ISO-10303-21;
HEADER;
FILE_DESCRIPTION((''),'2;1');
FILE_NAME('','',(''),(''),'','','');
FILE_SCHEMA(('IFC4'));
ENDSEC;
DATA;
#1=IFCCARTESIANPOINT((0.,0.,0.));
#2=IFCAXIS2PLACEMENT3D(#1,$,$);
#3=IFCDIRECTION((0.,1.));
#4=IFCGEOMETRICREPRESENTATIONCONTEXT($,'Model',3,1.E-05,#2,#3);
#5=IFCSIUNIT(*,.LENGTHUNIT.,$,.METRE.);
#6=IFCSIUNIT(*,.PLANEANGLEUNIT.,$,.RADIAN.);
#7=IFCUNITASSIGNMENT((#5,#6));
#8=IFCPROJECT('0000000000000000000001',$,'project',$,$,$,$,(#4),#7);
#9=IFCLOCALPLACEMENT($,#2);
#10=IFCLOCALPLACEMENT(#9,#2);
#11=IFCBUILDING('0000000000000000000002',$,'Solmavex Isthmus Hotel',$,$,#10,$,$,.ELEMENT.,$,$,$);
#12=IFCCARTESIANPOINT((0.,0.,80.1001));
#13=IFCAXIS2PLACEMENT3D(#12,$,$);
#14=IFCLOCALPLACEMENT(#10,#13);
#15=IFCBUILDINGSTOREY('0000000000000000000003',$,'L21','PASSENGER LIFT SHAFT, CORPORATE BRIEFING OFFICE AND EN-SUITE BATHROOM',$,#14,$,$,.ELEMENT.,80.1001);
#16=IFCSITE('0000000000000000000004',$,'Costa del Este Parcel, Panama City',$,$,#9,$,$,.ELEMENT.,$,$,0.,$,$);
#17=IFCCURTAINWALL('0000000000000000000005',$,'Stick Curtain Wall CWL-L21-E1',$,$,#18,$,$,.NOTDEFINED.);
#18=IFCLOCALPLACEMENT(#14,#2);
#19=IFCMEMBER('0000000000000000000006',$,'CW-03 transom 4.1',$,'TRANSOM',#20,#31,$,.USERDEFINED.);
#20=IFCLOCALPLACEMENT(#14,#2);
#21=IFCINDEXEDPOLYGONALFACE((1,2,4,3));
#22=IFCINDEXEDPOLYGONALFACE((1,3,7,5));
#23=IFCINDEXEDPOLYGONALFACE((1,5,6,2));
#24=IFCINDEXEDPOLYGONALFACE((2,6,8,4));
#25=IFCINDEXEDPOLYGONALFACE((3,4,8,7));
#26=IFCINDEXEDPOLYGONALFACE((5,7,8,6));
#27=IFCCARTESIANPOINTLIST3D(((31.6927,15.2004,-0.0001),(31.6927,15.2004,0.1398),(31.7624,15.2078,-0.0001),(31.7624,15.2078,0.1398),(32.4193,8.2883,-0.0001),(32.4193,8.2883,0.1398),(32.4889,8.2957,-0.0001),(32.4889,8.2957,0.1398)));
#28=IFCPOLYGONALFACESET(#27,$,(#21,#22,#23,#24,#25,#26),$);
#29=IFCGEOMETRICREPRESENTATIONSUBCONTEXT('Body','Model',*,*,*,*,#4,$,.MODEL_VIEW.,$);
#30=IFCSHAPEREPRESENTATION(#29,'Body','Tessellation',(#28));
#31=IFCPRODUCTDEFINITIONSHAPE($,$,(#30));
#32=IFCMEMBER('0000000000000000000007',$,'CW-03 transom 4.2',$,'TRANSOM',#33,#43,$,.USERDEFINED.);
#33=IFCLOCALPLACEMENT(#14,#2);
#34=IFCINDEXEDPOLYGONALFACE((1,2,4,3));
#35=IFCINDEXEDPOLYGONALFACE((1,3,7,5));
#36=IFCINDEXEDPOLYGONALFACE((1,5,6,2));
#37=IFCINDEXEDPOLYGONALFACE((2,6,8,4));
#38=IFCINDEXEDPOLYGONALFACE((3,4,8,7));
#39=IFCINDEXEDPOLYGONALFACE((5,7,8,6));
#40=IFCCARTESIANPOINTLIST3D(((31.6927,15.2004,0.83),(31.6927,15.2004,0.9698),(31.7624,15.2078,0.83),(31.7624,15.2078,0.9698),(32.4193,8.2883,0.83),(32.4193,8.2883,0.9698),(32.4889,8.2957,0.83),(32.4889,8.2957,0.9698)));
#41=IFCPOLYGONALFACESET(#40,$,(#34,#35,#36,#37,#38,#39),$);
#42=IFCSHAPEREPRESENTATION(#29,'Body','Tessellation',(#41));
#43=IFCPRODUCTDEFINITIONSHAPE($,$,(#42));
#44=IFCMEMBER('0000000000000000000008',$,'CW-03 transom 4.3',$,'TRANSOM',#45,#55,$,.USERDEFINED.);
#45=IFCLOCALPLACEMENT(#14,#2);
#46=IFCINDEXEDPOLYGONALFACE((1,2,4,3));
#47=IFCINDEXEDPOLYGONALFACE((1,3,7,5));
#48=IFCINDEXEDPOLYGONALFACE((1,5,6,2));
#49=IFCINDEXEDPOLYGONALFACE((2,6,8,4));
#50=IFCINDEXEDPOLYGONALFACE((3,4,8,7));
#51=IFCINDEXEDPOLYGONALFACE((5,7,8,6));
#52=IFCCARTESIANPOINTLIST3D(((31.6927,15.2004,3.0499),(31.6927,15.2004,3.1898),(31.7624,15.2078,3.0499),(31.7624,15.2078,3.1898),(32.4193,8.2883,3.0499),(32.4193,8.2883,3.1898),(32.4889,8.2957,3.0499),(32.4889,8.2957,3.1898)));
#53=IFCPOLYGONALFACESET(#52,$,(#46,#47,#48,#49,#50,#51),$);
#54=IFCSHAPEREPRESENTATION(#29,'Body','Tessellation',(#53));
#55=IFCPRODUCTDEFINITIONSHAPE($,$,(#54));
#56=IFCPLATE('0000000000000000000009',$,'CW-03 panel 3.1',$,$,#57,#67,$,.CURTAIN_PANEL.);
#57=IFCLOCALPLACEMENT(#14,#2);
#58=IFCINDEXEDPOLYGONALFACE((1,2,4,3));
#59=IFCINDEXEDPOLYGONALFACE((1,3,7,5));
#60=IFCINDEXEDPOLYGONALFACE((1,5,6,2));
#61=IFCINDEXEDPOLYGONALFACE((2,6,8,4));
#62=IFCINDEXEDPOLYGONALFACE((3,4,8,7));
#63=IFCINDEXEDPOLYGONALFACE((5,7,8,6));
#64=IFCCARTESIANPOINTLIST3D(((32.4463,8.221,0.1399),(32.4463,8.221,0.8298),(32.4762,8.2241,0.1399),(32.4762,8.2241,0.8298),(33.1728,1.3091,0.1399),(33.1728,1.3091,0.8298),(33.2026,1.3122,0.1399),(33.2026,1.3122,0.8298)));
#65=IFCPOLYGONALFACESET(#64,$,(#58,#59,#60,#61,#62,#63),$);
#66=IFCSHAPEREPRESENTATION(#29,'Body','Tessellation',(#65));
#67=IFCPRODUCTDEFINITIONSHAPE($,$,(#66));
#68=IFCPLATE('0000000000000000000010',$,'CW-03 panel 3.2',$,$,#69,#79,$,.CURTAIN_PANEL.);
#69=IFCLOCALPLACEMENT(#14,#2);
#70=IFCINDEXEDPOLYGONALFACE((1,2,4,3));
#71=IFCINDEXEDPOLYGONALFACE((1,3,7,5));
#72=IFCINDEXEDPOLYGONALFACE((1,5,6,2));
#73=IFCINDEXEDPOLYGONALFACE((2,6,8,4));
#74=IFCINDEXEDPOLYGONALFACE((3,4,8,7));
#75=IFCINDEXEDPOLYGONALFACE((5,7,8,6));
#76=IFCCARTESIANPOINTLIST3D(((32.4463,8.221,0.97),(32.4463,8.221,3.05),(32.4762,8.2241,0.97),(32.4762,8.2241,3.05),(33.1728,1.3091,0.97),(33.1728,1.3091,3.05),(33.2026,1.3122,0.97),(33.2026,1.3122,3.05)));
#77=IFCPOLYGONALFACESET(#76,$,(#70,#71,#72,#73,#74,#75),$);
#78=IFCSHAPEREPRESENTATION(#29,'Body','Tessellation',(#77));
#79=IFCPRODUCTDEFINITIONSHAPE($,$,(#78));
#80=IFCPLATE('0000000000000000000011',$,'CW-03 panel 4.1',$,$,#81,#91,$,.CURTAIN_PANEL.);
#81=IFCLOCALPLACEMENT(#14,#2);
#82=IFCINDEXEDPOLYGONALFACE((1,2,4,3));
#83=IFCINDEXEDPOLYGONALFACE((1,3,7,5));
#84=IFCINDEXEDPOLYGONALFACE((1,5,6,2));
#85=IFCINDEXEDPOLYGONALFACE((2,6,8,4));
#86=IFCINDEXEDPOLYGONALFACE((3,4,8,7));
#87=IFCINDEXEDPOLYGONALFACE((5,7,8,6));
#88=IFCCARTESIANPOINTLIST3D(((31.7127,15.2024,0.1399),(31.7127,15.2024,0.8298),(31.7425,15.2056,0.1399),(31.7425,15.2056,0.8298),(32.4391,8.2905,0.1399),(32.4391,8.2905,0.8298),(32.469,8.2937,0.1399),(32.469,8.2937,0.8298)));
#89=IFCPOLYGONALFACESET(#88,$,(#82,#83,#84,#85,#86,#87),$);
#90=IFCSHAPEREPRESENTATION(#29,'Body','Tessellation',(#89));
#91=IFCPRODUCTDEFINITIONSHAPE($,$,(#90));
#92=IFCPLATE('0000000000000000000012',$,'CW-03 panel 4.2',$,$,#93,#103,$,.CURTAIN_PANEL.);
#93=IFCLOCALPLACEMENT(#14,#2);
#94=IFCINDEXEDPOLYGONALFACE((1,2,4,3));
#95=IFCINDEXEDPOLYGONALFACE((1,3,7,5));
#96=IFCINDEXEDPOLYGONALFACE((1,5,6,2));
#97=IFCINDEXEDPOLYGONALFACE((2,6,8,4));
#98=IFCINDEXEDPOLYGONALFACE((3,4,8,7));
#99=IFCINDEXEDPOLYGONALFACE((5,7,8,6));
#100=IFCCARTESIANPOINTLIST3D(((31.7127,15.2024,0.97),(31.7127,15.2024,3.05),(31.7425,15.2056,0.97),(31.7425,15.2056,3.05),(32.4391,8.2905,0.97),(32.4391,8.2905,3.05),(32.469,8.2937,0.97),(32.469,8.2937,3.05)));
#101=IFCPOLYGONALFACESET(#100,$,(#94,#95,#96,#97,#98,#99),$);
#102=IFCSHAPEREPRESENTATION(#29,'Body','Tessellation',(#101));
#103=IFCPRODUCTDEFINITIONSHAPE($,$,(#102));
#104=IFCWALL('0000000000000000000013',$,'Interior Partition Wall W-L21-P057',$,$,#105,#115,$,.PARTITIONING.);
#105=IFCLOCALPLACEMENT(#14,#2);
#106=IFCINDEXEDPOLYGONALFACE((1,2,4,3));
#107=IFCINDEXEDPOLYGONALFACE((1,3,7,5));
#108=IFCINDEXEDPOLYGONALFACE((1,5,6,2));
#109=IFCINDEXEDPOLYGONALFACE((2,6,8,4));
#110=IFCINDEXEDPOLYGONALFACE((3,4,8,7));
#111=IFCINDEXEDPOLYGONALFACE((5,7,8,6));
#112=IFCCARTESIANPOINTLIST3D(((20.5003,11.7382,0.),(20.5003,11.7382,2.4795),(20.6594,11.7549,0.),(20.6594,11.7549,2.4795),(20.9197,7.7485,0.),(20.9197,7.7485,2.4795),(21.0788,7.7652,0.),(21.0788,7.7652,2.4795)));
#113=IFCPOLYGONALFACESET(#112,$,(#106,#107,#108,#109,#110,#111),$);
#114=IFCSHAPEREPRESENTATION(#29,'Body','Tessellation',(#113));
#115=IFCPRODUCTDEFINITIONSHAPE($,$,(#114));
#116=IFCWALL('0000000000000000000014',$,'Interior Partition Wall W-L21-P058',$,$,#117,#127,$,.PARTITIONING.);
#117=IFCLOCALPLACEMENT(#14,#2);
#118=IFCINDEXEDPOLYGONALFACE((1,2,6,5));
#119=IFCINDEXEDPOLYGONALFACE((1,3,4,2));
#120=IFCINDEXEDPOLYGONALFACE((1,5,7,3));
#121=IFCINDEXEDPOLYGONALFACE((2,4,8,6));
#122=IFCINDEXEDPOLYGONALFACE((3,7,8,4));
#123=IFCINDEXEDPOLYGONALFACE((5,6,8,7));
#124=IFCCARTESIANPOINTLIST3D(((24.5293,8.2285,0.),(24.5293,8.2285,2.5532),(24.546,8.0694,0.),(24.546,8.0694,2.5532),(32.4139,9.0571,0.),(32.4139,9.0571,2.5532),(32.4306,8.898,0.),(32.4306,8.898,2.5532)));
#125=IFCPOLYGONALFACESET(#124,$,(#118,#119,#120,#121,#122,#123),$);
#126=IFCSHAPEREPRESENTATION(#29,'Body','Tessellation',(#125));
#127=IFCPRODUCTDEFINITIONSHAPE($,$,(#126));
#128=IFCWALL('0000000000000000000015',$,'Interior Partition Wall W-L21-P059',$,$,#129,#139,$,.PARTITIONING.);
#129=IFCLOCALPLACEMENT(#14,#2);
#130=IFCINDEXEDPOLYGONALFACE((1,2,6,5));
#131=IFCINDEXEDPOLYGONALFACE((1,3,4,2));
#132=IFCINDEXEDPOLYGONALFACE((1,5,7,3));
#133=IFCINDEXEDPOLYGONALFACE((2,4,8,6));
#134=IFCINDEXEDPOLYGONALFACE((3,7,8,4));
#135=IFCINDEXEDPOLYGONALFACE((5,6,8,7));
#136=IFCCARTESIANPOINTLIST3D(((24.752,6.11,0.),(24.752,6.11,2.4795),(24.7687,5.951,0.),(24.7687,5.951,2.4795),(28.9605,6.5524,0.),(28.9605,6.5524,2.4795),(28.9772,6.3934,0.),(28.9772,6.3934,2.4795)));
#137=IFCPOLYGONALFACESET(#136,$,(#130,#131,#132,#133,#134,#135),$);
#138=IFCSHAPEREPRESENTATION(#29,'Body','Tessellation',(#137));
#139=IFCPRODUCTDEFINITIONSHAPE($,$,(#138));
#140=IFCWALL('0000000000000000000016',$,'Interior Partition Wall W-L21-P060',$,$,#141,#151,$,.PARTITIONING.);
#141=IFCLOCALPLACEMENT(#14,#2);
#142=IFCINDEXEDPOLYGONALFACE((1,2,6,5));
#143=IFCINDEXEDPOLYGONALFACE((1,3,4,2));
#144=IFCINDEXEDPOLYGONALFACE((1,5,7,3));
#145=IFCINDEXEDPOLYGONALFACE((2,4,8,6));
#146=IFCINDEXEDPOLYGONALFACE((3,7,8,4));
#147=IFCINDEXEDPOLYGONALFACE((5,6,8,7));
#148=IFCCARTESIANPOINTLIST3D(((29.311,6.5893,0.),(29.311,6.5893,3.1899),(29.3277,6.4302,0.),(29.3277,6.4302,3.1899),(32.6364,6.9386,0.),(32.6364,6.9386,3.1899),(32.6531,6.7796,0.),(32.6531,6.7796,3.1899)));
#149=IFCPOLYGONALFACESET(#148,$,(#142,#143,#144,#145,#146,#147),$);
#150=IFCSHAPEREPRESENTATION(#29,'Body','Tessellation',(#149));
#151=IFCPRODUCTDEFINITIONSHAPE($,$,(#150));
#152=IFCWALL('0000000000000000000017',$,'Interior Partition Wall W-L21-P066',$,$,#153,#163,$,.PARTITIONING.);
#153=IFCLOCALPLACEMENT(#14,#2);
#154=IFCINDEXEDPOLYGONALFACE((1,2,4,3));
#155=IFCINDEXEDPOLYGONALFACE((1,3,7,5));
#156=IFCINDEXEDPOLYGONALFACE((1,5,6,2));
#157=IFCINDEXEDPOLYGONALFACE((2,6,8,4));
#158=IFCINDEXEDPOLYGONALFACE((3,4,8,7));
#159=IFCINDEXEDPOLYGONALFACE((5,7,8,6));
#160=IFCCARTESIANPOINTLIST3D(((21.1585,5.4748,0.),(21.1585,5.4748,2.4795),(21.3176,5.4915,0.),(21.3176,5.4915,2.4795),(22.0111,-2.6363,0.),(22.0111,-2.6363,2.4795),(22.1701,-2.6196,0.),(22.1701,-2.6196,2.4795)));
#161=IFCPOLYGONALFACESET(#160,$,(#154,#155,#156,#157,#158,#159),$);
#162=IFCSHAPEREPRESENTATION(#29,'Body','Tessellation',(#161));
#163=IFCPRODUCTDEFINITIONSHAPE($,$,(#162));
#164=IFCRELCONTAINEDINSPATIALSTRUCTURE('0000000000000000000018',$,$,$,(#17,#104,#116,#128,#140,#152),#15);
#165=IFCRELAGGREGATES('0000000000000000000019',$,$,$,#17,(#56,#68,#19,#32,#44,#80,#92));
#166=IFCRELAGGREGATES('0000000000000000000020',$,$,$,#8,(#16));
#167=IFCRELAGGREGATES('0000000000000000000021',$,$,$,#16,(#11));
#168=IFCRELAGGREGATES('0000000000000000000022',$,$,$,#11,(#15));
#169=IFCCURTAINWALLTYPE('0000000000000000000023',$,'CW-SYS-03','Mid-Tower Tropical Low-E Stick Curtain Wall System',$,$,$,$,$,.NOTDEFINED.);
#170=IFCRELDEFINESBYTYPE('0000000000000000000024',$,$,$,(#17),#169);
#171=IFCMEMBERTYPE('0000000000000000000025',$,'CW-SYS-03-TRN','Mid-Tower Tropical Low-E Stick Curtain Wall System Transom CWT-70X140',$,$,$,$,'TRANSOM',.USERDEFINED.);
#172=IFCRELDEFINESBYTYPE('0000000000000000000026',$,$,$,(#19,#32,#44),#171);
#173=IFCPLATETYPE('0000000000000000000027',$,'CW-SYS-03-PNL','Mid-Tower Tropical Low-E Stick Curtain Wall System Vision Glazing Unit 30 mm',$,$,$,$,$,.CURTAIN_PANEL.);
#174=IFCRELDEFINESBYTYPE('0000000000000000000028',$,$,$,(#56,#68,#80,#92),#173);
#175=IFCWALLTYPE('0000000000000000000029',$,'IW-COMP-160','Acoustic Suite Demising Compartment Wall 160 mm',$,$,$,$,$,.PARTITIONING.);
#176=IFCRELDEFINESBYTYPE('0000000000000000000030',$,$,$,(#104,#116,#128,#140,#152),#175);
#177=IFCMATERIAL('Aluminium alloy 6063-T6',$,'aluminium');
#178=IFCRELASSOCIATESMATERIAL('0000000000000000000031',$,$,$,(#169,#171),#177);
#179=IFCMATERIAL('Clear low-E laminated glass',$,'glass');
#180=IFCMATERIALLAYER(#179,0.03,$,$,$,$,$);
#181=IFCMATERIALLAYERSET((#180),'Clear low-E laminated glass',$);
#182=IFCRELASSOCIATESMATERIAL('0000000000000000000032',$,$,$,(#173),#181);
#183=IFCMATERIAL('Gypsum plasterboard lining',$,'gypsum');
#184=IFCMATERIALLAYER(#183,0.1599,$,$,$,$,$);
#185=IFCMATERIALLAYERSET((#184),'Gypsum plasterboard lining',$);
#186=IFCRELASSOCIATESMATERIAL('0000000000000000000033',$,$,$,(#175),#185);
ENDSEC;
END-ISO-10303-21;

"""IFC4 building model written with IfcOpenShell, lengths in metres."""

from ifc_helpers import new_model, si_unit, direction, frame, frame_2d, origin, origin_2d, place, context, subcontext, project, spatial, rectangle, extrude, material, layer, layer_set, material_profile, profile_set, type_object, element, aggregate, save


model = new_model("IFC4")

# Units and contexts
model_context = context("Model", 3, precision=1e-05, world=origin(), true_north=direction((0.0, 1.0)))
body_context = subcontext(model_context, "Body", "Model", "MODEL_VIEW")
ifc_project = project(units=[si_unit("LENGTHUNIT", "METRE"), si_unit("PLANEANGLEUNIT", "RADIAN")], contexts=[model_context])

# Site, building, storey
site_placement = place(None, origin())
site = spatial("IfcSite", under=ifc_project, at=site_placement, Name="Costa del Este Parcel, Panama City", CompositionType="ELEMENT", RefElevation=0.0)
building_placement = place(site_placement, origin())
building = spatial("IfcBuilding", under=site, at=building_placement, Name="Solmavex Isthmus Hotel", CompositionType="ELEMENT")
storey_placement = place(building_placement, frame((0.0, 0.0, 80.1001)))
storey = spatial("IfcBuildingStorey", under=building, at=storey_placement, Name="L21", Description="PASSENGER LIFT SHAFT, CORPORATE BRIEFING OFFICE AND EN-SUITE BATHROOM", CompositionType="ELEMENT", Elevation=80.1001)

# Curtain wall, members, plates
ifc_material_1 = material(Name="Aluminium alloy 6063-T6", Category="aluminium")
curtain_wall_type = type_object("IfcCurtainWallType", Name="CW-SYS-03", Description="Mid-Tower Tropical Low-E Stick Curtain Wall System", PredefinedType="NOTDEFINED", material=ifc_material_1)
curtain_wall_placement = place(storey_placement, origin())
curtain_wall = element("IfcCurtainWall", 1, at=curtain_wall_placement, inside=storey, type_object=curtain_wall_type, Name="Stick Curtain Wall CWL-L21-E1", PredefinedType="NOTDEFINED")
ifc_material_profile_1 = material_profile(ifc_material_1, rectangle(XDim=0.0701, YDim=0.1399, at=origin_2d()), Name="CWT-70X140")
ifc_profile_set_1 = profile_set([ifc_material_profile_1], Name="Aluminium alloy 6063-T6")
member_type_1 = type_object("IfcMemberType", Name="CW-SYS-03-TRN", Description="Mid-Tower Tropical Low-E Stick Curtain Wall System Transom CWT-70X140", ElementType="TRANSOM", PredefinedType="USERDEFINED", material=ifc_profile_set_1)
member_1_placement = place(storey_placement, frame((32.4541, 8.292, 0.0698), z_axis=(-0.104539, 0.994521, 0.0), x_axis=(-0.994521, -0.104539, 0.0)))
member_1 = element("IfcMember", 2, at=member_1_placement, type_object=member_type_1, Name="CW-03 transom 4.1", ObjectType="TRANSOM", PredefinedType="USERDEFINED", context=body_context, shape_type="SweptSolid", body=[
    extrude(rectangle(XDim=0.0701, YDim=0.1399, at=origin_2d()), origin(), (0.0, 0.0, 1.0), 6.9502),
])
member_2_placement = place(storey_placement, frame((32.4541, 8.292, 0.8999), z_axis=(-0.104539, 0.994521, 0.0), x_axis=(-0.994521, -0.104539, 0.0)))
member_2 = element("IfcMember", 3, at=member_2_placement, type_object=member_type_1, Name="CW-03 transom 4.2", ObjectType="TRANSOM", PredefinedType="USERDEFINED", context=body_context, shape_type="SweptSolid", body=[
    extrude(rectangle(XDim=0.0701, YDim=0.1399, at=origin_2d()), origin(), (0.0, 0.0, 1.0), 6.9502),
])
member_3_placement = place(storey_placement, frame((32.4541, 8.292, 3.1199), z_axis=(-0.104539, 0.994521, 0.0), x_axis=(-0.994521, -0.104539, 0.0)))
member_3 = element("IfcMember", 4, at=member_3_placement, type_object=member_type_1, Name="CW-03 transom 4.3", ObjectType="TRANSOM", PredefinedType="USERDEFINED", context=body_context, shape_type="SweptSolid", body=[
    extrude(rectangle(XDim=0.0701, YDim=0.1399, at=origin_2d()), origin(), (0.0, 0.0, 1.0), 6.9502),
])
ifc_material_2 = material(Name="Clear low-E laminated glass", Category="glass")
ifc_layer_1 = layer(ifc_material_2, 0.03)
ifc_layer_set_1 = layer_set([ifc_layer_1], Name="Clear low-E laminated glass")
plate_type = type_object("IfcPlateType", Name="CW-SYS-03-PNL", Description="Mid-Tower Tropical Low-E Stick Curtain Wall System Vision Glazing Unit 30 mm", PredefinedType="CURTAIN_PANEL", material=ifc_layer_set_1)
plate_1_placement = place(storey_placement, frame((32.8245, 4.7666, 0.1399), z_axis=(0.0, 0.0, 1.0), x_axis=(-0.104528, 0.994522, 0.0)))
plate_1 = element("IfcPlate", 5, at=plate_1_placement, type_object=plate_type, Name="CW-03 panel 3.1", PredefinedType="CURTAIN_PANEL", context=body_context, shape_type="SweptSolid", body=[
    extrude(rectangle(XDim=6.95, YDim=0.03, at=origin_2d()), origin(), (0.0, 0.0, 1.0), 0.6899),
])
plate_2_placement = place(storey_placement, frame((32.8245, 4.7666, 0.97), z_axis=(0.0, 0.0, 1.0), x_axis=(-0.104528, 0.994522, 0.0)))
plate_2 = element("IfcPlate", 6, at=plate_2_placement, type_object=plate_type, Name="CW-03 panel 3.2", PredefinedType="CURTAIN_PANEL", context=body_context, shape_type="SweptSolid", body=[
    extrude(rectangle(XDim=6.95, YDim=0.03, at=origin_2d()), origin(), (0.0, 0.0, 1.0), 2.0801),
])
plate_3_placement = place(storey_placement, frame((32.0908, 11.748, 0.1399), z_axis=(0.0, 0.0, 1.0), x_axis=(-0.104528, 0.994522, 0.0)))
plate_3 = element("IfcPlate", 7, at=plate_3_placement, type_object=plate_type, Name="CW-03 panel 4.1", PredefinedType="CURTAIN_PANEL", context=body_context, shape_type="SweptSolid", body=[
    extrude(rectangle(XDim=6.95, YDim=0.03, at=origin_2d()), origin(), (0.0, 0.0, 1.0), 0.6899),
])
plate_4_placement = place(storey_placement, frame((32.0908, 11.748, 0.97), z_axis=(0.0, 0.0, 1.0), x_axis=(-0.104528, 0.994522, 0.0)))
plate_4 = element("IfcPlate", 8, at=plate_4_placement, type_object=plate_type, Name="CW-03 panel 4.2", PredefinedType="CURTAIN_PANEL", context=body_context, shape_type="SweptSolid", body=[
    extrude(rectangle(XDim=6.95, YDim=0.03, at=origin_2d()), origin(), (0.0, 0.0, 1.0), 2.0801),
])
aggregate(curtain_wall, [plate_1, plate_2, member_1, member_2, member_3, plate_3, plate_4])

# Walls
ifc_material_3 = material(Name="Gypsum plasterboard lining", Category="gypsum")
ifc_layer_2 = layer(ifc_material_3, 0.1599)
ifc_layer_set_2 = layer_set([ifc_layer_2], Name="Gypsum plasterboard lining")
wall_type_1 = type_object("IfcWallType", Name="IW-COMP-160", Description="Acoustic Suite Demising Compartment Wall 160 mm", PredefinedType="PARTITIONING", material=ifc_layer_set_2)
wall_1_placement = place(storey_placement, frame((20.5798, 11.7466, 0.0), z_axis=(0.0, 0.0, 1.0), x_axis=(0.104552, -0.994519, 0.0)))
element("IfcWall", 9, at=wall_1_placement, inside=storey, type_object=wall_type_1, Name="Interior Partition Wall W-L21-P057", PredefinedType="PARTITIONING", context=body_context, shape_type="SweptSolid", body=[
    extrude(rectangle(XDim=4.0117, YDim=0.1599, at=frame_2d((2.0059, 0.0))), origin(), (0.0, 0.0, 1.0), 2.4795),
])
wall_2_placement = place(storey_placement, frame((32.4221, 8.9775, 0.0), z_axis=(0.0, 0.0, 1.0), x_axis=(-0.994523, -0.104518, 0.0)))
element("IfcWall", 10, at=wall_2_placement, inside=storey, type_object=wall_type_1, Name="Interior Partition Wall W-L21-P058", PredefinedType="PARTITIONING", context=body_context, shape_type="SweptSolid", body=[
    extrude(rectangle(XDim=7.928, YDim=0.1599, at=frame_2d((3.9639, 0.0))), origin(), (0.0, 0.0, 1.0), 2.5532),
])
wall_3_placement = place(storey_placement, frame((28.9688, 6.4729, 0.0), z_axis=(0.0, 0.0, 1.0), x_axis=(-0.994521, -0.104541, 0.0)))
element("IfcWall", 11, at=wall_3_placement, inside=storey, type_object=wall_type_1, Name="Interior Partition Wall W-L21-P059", PredefinedType="PARTITIONING", context=body_context, shape_type="SweptSolid", body=[
    extrude(rectangle(XDim=4.2317, YDim=0.1599, at=frame_2d((2.1157, 0.0))), origin(), (0.0, 0.0, 1.0), 2.4795),
])
wall_4_placement = place(storey_placement, frame((32.6448, 6.8591, 0.0), z_axis=(0.0, 0.0, 1.0), x_axis=(-0.994527, -0.104483, 0.0)))
element("IfcWall", 12, at=wall_4_placement, inside=storey, type_object=wall_type_1, Name="Interior Partition Wall W-L21-P060", PredefinedType="PARTITIONING", context=body_context, shape_type="SweptSolid", body=[
    extrude(rectangle(XDim=3.3438, YDim=0.1599, at=frame_2d((1.6719, 0.0))), origin(), (0.0, 0.0, 1.0), 3.1899),
])
wall_5_placement = place(storey_placement, frame((21.238, 5.4832, 0.0), z_axis=(0.0, 0.0, 1.0), x_axis=(0.104532, -0.994522, 0.0)))
element("IfcWall", 13, at=wall_5_placement, inside=storey, type_object=wall_type_1, Name="Interior Partition Wall W-L21-P066", PredefinedType="PARTITIONING", context=body_context, shape_type="SweptSolid", body=[
    extrude(rectangle(XDim=8.1558, YDim=0.1599, at=frame_2d((4.0779, 0.0))), origin(), (0.0, 0.0, 1.0), 2.4795),
])

save(model, "model.ifc")
